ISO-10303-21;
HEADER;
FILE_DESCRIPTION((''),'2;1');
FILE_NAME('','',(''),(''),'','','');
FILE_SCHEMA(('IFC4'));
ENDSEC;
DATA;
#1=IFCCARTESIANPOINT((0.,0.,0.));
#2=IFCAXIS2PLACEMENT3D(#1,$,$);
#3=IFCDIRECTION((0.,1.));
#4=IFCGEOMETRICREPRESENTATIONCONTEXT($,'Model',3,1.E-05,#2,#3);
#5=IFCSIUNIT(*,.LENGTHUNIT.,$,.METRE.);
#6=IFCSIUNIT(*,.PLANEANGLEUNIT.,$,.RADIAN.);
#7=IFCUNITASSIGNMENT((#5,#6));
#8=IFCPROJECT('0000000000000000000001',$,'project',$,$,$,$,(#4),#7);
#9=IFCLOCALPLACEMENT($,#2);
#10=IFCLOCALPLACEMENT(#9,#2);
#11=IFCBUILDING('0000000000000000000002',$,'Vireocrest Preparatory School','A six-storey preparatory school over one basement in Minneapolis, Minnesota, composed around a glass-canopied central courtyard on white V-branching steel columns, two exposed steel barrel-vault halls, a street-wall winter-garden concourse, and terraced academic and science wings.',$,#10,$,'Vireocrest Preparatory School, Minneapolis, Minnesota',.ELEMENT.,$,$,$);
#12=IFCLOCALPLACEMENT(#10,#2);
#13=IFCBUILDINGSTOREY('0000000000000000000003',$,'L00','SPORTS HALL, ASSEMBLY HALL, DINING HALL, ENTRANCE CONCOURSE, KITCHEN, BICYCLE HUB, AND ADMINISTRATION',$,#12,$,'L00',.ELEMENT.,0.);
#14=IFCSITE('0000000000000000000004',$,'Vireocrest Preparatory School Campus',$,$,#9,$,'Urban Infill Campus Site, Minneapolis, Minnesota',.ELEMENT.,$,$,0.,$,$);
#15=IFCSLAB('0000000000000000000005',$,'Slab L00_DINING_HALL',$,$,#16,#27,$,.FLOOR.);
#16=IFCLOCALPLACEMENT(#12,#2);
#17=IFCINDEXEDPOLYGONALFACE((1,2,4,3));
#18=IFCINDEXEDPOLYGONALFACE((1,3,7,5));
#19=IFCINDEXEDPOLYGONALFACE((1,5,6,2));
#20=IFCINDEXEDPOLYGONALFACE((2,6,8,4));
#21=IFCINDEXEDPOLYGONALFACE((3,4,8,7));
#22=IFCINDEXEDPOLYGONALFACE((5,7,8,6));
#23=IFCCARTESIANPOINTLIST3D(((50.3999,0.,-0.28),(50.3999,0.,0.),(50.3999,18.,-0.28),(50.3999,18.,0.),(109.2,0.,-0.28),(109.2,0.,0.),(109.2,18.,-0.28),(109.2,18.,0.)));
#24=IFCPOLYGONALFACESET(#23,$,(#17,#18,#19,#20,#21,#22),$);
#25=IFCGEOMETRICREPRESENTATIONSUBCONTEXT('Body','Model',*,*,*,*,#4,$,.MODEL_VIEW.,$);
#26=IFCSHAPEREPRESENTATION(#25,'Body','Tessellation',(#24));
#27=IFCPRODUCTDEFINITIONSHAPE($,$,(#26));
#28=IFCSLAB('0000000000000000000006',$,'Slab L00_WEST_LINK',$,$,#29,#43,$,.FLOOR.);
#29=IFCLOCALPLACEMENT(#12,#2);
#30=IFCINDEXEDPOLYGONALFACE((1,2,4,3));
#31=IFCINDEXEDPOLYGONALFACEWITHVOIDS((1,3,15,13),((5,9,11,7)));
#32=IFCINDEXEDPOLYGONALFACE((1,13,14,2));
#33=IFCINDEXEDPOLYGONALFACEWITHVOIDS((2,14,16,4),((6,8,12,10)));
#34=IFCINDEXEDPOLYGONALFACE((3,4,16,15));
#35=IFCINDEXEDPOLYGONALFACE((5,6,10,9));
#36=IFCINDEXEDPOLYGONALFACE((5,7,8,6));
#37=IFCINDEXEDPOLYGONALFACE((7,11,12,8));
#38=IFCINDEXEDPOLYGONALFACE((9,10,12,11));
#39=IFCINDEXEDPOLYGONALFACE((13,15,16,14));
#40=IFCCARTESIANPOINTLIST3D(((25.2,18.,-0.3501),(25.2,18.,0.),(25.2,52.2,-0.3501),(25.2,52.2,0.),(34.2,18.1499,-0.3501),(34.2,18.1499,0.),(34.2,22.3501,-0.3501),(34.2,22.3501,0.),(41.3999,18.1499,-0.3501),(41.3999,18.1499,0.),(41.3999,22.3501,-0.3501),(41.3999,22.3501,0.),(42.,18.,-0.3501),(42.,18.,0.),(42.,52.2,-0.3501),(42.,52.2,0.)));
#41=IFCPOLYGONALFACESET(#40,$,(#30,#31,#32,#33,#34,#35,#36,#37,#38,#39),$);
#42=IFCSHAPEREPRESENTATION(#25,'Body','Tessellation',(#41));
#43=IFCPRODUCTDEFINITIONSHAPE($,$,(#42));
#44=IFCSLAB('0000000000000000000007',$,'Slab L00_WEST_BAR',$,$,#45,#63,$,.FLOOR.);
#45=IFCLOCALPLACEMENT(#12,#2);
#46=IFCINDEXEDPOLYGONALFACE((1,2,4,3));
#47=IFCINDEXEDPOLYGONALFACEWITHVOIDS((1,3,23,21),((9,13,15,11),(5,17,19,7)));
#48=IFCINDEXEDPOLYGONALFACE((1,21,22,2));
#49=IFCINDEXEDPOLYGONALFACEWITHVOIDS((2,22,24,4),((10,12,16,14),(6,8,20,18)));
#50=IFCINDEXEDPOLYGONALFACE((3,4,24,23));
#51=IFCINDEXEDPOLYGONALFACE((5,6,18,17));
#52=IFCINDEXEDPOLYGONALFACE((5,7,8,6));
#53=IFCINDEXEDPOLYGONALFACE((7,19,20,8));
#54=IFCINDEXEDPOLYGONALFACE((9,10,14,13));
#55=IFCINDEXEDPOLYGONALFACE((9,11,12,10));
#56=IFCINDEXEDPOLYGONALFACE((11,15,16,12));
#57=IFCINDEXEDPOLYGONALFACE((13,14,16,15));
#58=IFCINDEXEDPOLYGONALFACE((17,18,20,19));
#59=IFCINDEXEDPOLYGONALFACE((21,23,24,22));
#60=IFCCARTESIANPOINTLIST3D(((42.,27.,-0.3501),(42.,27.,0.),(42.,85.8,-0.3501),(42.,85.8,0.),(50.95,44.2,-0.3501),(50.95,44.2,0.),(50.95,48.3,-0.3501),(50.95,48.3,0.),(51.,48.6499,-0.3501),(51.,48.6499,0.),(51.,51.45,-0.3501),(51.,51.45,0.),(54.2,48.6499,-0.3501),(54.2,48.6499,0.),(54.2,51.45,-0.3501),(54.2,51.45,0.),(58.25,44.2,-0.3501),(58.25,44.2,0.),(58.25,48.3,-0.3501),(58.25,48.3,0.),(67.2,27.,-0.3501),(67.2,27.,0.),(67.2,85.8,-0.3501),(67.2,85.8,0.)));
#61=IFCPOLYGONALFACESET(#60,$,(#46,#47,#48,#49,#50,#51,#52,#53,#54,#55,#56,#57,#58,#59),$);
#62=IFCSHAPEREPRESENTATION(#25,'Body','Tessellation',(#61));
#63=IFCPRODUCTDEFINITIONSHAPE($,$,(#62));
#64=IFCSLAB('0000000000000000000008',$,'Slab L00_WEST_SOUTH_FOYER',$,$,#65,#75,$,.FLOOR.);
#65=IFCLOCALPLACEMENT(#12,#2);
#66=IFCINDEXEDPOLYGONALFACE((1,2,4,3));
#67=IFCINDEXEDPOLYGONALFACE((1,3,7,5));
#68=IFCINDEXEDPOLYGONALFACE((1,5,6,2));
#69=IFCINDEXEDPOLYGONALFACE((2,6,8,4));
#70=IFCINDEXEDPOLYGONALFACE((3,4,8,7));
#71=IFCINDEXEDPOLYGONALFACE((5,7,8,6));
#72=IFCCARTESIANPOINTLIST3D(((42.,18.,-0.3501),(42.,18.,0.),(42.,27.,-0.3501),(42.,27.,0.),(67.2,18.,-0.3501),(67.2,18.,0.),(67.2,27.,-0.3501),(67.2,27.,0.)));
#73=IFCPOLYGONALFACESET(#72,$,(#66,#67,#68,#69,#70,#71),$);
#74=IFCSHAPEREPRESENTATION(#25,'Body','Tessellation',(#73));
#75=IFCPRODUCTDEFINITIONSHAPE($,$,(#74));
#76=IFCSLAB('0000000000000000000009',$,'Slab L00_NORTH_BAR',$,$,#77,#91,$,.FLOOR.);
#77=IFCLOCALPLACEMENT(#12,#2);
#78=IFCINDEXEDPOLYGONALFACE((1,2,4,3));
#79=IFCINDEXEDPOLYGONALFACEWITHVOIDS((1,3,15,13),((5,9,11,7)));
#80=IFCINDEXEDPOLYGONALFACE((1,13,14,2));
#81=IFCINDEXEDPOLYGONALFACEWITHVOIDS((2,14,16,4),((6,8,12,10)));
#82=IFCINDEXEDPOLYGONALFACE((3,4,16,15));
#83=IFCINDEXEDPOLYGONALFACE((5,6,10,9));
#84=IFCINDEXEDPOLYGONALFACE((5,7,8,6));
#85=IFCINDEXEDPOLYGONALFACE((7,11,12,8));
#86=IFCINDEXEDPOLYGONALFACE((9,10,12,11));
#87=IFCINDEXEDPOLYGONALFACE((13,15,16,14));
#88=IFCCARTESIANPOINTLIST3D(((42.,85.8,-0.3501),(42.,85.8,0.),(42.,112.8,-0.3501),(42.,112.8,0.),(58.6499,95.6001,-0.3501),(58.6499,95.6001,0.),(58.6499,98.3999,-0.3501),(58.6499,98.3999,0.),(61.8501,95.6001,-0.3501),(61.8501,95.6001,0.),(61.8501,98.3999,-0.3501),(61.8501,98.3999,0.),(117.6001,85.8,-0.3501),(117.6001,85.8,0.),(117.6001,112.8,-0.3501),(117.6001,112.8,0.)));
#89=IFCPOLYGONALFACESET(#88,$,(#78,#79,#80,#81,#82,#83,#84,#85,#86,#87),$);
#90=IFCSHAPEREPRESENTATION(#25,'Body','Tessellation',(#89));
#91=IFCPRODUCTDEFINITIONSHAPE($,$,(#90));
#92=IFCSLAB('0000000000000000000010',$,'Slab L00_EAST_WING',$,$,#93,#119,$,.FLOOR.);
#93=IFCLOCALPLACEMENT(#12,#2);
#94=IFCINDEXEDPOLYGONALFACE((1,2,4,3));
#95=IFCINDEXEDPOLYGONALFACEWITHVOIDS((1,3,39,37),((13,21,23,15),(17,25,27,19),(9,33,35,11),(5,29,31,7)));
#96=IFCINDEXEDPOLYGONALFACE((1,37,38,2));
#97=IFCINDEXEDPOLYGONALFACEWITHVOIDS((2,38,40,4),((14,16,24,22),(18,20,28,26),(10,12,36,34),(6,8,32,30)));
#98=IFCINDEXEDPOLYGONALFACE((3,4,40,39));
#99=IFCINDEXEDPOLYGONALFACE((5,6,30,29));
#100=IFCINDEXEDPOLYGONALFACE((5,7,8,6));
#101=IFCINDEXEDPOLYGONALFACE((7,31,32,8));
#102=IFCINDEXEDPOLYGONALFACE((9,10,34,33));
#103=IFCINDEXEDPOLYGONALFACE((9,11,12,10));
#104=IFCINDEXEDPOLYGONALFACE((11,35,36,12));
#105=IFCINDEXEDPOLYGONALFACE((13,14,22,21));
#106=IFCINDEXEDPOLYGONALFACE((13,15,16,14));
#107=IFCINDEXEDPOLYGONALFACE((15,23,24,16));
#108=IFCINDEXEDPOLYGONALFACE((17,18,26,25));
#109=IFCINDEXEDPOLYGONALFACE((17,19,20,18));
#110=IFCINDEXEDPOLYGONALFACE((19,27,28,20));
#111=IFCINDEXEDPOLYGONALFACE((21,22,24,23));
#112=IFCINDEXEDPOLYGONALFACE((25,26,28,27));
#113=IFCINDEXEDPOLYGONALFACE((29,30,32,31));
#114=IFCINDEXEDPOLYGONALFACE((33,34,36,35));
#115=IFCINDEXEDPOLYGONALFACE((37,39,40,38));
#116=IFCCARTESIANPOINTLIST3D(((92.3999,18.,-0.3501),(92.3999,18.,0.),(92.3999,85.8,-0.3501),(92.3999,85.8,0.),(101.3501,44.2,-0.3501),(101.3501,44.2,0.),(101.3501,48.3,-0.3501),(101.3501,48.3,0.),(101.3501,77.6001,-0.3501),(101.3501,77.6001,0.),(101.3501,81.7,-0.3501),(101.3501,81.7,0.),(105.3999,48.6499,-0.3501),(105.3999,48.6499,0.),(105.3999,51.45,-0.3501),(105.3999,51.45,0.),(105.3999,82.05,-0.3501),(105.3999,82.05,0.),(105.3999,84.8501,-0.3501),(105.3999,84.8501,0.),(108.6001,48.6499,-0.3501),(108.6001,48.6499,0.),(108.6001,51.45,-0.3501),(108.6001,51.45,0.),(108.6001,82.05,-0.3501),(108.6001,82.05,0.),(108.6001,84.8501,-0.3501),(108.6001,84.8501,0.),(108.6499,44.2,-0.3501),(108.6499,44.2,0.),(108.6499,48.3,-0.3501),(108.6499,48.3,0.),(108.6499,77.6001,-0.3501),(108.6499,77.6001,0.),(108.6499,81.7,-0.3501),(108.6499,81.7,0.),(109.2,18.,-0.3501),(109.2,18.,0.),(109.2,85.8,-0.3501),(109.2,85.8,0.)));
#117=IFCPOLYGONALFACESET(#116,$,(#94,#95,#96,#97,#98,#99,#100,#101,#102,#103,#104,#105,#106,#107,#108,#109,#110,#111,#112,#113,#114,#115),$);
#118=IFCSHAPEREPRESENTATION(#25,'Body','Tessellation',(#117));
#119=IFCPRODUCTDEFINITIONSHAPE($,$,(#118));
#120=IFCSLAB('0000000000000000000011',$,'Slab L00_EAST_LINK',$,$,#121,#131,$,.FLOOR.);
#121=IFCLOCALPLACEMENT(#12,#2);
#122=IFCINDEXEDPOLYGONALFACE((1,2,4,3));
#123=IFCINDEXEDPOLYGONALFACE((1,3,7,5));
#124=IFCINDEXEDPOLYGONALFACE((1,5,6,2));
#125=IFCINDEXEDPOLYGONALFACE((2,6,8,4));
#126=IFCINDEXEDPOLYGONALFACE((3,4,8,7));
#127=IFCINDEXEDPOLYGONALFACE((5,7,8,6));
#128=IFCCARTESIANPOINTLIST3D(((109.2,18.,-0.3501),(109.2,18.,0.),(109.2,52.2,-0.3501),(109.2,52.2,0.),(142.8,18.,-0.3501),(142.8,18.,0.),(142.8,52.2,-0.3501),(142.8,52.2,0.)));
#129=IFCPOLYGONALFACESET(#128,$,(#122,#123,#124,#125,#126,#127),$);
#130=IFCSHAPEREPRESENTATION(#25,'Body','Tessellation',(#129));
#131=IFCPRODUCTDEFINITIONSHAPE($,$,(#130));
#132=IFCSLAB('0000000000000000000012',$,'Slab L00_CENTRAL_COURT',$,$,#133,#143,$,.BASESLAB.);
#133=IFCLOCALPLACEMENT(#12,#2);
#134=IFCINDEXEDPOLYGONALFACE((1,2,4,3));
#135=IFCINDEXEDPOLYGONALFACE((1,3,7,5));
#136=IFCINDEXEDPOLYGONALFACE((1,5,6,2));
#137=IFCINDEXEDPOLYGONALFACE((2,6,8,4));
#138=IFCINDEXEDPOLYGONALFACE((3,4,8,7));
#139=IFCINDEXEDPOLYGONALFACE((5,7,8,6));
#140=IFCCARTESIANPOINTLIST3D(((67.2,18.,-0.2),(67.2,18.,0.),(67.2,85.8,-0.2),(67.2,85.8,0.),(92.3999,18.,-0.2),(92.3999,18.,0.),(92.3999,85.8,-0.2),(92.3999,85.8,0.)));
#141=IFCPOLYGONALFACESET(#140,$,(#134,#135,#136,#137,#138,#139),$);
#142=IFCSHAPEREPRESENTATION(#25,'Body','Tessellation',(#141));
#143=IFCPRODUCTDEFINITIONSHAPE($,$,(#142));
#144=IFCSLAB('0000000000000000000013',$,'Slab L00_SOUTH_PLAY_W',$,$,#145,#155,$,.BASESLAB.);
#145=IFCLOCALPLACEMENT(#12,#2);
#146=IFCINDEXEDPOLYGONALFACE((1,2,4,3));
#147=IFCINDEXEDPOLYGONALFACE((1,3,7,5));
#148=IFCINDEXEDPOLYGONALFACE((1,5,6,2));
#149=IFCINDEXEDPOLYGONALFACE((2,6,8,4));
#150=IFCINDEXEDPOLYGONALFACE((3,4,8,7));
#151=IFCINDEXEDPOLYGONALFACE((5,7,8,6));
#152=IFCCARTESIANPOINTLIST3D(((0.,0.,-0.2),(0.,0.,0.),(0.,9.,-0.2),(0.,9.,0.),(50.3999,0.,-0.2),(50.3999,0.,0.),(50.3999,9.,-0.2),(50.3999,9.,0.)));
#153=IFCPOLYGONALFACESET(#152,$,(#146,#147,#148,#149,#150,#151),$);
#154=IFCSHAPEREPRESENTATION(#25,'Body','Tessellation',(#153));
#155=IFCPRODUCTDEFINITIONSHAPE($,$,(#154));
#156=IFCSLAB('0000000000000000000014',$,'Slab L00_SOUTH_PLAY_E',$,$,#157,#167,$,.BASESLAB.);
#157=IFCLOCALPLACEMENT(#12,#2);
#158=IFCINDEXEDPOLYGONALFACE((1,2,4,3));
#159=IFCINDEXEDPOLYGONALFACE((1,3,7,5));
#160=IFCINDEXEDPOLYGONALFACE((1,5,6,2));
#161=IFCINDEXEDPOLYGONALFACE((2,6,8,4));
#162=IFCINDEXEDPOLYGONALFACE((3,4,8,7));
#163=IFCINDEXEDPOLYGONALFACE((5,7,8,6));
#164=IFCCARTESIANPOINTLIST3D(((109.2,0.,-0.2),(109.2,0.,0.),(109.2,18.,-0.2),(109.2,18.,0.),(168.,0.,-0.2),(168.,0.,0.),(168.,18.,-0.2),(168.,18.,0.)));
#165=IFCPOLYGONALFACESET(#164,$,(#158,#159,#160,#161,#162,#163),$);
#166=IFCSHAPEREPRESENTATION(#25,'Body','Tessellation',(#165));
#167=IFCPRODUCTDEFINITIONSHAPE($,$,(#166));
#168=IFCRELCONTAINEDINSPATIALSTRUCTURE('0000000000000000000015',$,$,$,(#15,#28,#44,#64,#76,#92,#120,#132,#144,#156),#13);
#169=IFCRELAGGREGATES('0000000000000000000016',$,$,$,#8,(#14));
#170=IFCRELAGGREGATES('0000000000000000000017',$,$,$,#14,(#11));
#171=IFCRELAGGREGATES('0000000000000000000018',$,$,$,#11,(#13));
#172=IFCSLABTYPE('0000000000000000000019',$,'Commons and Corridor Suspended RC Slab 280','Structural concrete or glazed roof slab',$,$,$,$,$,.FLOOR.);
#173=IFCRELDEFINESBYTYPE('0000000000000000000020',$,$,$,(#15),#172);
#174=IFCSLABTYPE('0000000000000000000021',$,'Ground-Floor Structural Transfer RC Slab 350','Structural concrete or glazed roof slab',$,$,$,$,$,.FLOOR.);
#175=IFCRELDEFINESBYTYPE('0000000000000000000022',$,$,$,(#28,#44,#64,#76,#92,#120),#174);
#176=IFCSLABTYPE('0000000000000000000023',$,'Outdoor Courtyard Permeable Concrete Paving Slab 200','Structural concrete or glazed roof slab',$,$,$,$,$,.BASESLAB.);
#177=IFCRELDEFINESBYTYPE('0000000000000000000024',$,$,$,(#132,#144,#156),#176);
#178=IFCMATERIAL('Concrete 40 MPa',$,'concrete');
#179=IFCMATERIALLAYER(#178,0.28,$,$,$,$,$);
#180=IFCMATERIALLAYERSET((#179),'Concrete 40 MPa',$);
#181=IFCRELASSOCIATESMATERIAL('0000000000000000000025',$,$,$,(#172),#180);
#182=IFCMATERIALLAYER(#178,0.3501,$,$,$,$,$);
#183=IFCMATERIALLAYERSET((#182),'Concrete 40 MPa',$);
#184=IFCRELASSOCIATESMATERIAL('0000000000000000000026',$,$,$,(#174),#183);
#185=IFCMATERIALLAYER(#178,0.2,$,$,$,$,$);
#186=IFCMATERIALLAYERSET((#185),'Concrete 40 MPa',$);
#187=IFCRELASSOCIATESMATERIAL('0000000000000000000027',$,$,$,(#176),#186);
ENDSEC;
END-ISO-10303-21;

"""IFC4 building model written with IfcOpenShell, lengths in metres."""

from ifc_helpers import new_model, si_unit, direction, frame, origin, place, context, subcontext, project, spatial, polyline, outline, extrude, material, layer, layer_set, type_object, element, save


model = new_model("IFC4")

# Units and contexts
model_context = context("Model", 3, precision=1e-05, world=origin(), true_north=direction((0.0, 1.0)))
body_context = subcontext(model_context, "Body", "Model", "MODEL_VIEW")
ifc_project = project(units=[si_unit("LENGTHUNIT", "METRE"), si_unit("PLANEANGLEUNIT", "RADIAN")], contexts=[model_context])

# Site, building, storey
site_placement = place(None, origin())
site = spatial("IfcSite", under=ifc_project, at=site_placement, Name="Vireocrest Preparatory School Campus", LongName="Urban Infill Campus Site, Minneapolis, Minnesota", CompositionType="ELEMENT", RefElevation=0.0)
building_placement = place(site_placement, origin())
building = spatial("IfcBuilding", under=site, at=building_placement, Name="Vireocrest Preparatory School", Description="A six-storey preparatory school over one basement in Minneapolis, Minnesota, composed around a glass-canopied central courtyard on white V-branching steel columns, two exposed steel barrel-vault halls, a street-wall winter-garden concourse, and terraced academic and science wings.", LongName="Vireocrest Preparatory School, Minneapolis, Minnesota", CompositionType="ELEMENT")
storey_placement = place(building_placement, origin())
storey = spatial("IfcBuildingStorey", under=building, at=storey_placement, Name="L00", Description="SPORTS HALL, ASSEMBLY HALL, DINING HALL, ENTRANCE CONCOURSE, KITCHEN, BICYCLE HUB, AND ADMINISTRATION", LongName="L00", CompositionType="ELEMENT", Elevation=0.0)

# Slab
ifc_material_1 = material(Name="Concrete 40 MPa", Category="concrete")
ifc_layer_1 = layer(ifc_material_1, 0.28)
ifc_layer_set_1 = layer_set([ifc_layer_1], Name="Concrete 40 MPa")
slab_type_1 = type_object("IfcSlabType", Name="Commons and Corridor Suspended RC Slab 280", Description="Structural concrete or glazed roof slab", PredefinedType="FLOOR", material=ifc_layer_set_1)
slab_1_placement = place(storey_placement, frame((0.0, 0.0, -0.28)))
element("IfcSlab", 1, at=slab_1_placement, inside=storey, type_object=slab_type_1, Name="Slab L00_DINING_HALL", PredefinedType="FLOOR", context=body_context, shape_type="SweptSolid", body=[
    extrude(outline(polyline([(50.3999, 0.0), (109.2, 0.0), (109.2, 18.0), (50.3999, 18.0), (50.3999, 0.0)])), origin(), (0.0, 0.0, 1.0), 0.28),
])

# Slab, opening
ifc_layer_2 = layer(ifc_material_1, 0.3501)
ifc_layer_set_2 = layer_set([ifc_layer_2], Name="Concrete 40 MPa")
slab_type_2 = type_object("IfcSlabType", Name="Ground-Floor Structural Transfer RC Slab 350", Description="Structural concrete or glazed roof slab", PredefinedType="FLOOR", material=ifc_layer_set_2)
slab_2_placement = place(storey_placement, frame((0.0, 0.0, -0.3501)))
slab_2 = element("IfcSlab", 2, at=slab_2_placement, inside=storey, type_object=slab_type_2, Name="Slab L00_WEST_LINK", PredefinedType="FLOOR", context=body_context, shape_type="SweptSolid", body=[
    extrude(outline(polyline([(25.2, 18.0), (42.0, 18.0), (42.0, 52.2), (25.2, 52.2), (25.2, 18.0)])), origin(), (0.0, 0.0, 1.0), 0.3501),
])
opening_1_placement = place(slab_2_placement, frame((0.0, 0.0, -0.01)))
element("IfcOpeningElement", 3, at=opening_1_placement, cuts=slab_2, PredefinedType="OPENING", context=body_context, shape_type="SweptSolid", body=[
    extrude(outline(polyline([(34.2, 18.1499), (41.3999, 18.1499), (41.3999, 22.3501), (34.2, 22.3501), (34.2, 18.1499)])), origin(), (0.0, 0.0, 1.0), 0.3701),
])

# Slab, openings
slab_3_placement = place(storey_placement, frame((0.0, 0.0, -0.3501)))
slab_3 = element("IfcSlab", 4, at=slab_3_placement, inside=storey, type_object=slab_type_2, Name="Slab L00_WEST_BAR", PredefinedType="FLOOR", context=body_context, shape_type="SweptSolid", body=[
    extrude(outline(polyline([(42.0, 27.0), (67.2, 27.0), (67.2, 85.8), (42.0, 85.8), (42.0, 27.0)])), origin(), (0.0, 0.0, 1.0), 0.3501),
])
opening_2_placement = place(slab_3_placement, frame((0.0, 0.0, -0.01)))
element("IfcOpeningElement", 5, at=opening_2_placement, cuts=slab_3, PredefinedType="OPENING", context=body_context, shape_type="SweptSolid", body=[
    extrude(outline(polyline([(50.95, 44.2), (58.25, 44.2), (58.25, 48.3), (50.95, 48.3), (50.95, 44.2)])), origin(), (0.0, 0.0, 1.0), 0.3701),
])
opening_3_placement = place(slab_3_placement, frame((0.0, 0.0, -0.01)))
element("IfcOpeningElement", 6, at=opening_3_placement, cuts=slab_3, PredefinedType="OPENING", context=body_context, shape_type="SweptSolid", body=[
    extrude(outline(polyline([(51.0, 48.6499), (54.2, 48.6499), (54.2, 51.45), (51.0, 51.45), (51.0, 48.6499)])), origin(), (0.0, 0.0, 1.0), 0.3701),
])

# Slab
slab_4_placement = place(storey_placement, frame((0.0, 0.0, -0.3501)))
element("IfcSlab", 7, at=slab_4_placement, inside=storey, type_object=slab_type_2, Name="Slab L00_WEST_SOUTH_FOYER", PredefinedType="FLOOR", context=body_context, shape_type="SweptSolid", body=[
    extrude(outline(polyline([(42.0, 18.0), (67.2, 18.0), (67.2, 27.0), (42.0, 27.0), (42.0, 18.0)])), origin(), (0.0, 0.0, 1.0), 0.3501),
])

# Slab, opening
slab_5_placement = place(storey_placement, frame((0.0, 0.0, -0.3501)))
slab_5 = element("IfcSlab", 8, at=slab_5_placement, inside=storey, type_object=slab_type_2, Name="Slab L00_NORTH_BAR", PredefinedType="FLOOR", context=body_context, shape_type="SweptSolid", body=[
    extrude(outline(polyline([(42.0, 85.8), (117.6001, 85.8), (117.6001, 112.8), (42.0, 112.8), (42.0, 85.8)])), origin(), (0.0, 0.0, 1.0), 0.3501),
])
opening_4_placement = place(slab_5_placement, frame((0.0, 0.0, -0.01)))
element("IfcOpeningElement", 9, at=opening_4_placement, cuts=slab_5, PredefinedType="OPENING", context=body_context, shape_type="SweptSolid", body=[
    extrude(outline(polyline([(58.6499, 95.6001), (61.8501, 95.6001), (61.8501, 98.3999), (58.6499, 98.3999), (58.6499, 95.6001)])), origin(), (0.0, 0.0, 1.0), 0.3701),
])

# Slab, openings
slab_6_placement = place(storey_placement, frame((0.0, 0.0, -0.3501)))
slab_6 = element("IfcSlab", 10, at=slab_6_placement, inside=storey, type_object=slab_type_2, Name="Slab L00_EAST_WING", PredefinedType="FLOOR", context=body_context, shape_type="SweptSolid", body=[
    extrude(outline(polyline([(92.3999, 18.0), (109.2, 18.0), (109.2, 85.8), (92.3999, 85.8), (92.3999, 18.0)])), origin(), (0.0, 0.0, 1.0), 0.3501),
])
opening_5_placement = place(slab_6_placement, frame((0.0, 0.0, -0.01)))
element("IfcOpeningElement", 11, at=opening_5_placement, cuts=slab_6, PredefinedType="OPENING", context=body_context, shape_type="SweptSolid", body=[
    extrude(outline(polyline([(101.3501, 44.2), (108.6499, 44.2), (108.6499, 48.3), (101.3501, 48.3), (101.3501, 44.2)])), origin(), (0.0, 0.0, 1.0), 0.3701),
])
opening_6_placement = place(slab_6_placement, frame((0.0, 0.0, -0.01)))
element("IfcOpeningElement", 12, at=opening_6_placement, cuts=slab_6, PredefinedType="OPENING", context=body_context, shape_type="SweptSolid", body=[
    extrude(outline(polyline([(105.3999, 48.6499), (108.6001, 48.6499), (108.6001, 51.45), (105.3999, 51.45), (105.3999, 48.6499)])), origin(), (0.0, 0.0, 1.0), 0.3701),
])
opening_7_placement = place(slab_6_placement, frame((0.0, 0.0, -0.01)))
element("IfcOpeningElement", 13, at=opening_7_placement, cuts=slab_6, PredefinedType="OPENING", context=body_context, shape_type="SweptSolid", body=[
    extrude(outline(polyline([(101.3501, 77.6001), (108.6499, 77.6001), (108.6499, 81.7), (101.3501, 81.7), (101.3501, 77.6001)])), origin(), (0.0, 0.0, 1.0), 0.3701),
])
opening_8_placement = place(slab_6_placement, frame((0.0, 0.0, -0.01)))
element("IfcOpeningElement", 14, at=opening_8_placement, cuts=slab_6, PredefinedType="OPENING", context=body_context, shape_type="SweptSolid", body=[
    extrude(outline(polyline([(105.3999, 82.05), (108.6001, 82.05), (108.6001, 84.8501), (105.3999, 84.8501), (105.3999, 82.05)])), origin(), (0.0, 0.0, 1.0), 0.3701),
])

# Slabs
slab_7_placement = place(storey_placement, frame((0.0, 0.0, -0.3501)))
element("IfcSlab", 15, at=slab_7_placement, inside=storey, type_object=slab_type_2, Name="Slab L00_EAST_LINK", PredefinedType="FLOOR", context=body_context, shape_type="SweptSolid", body=[
    extrude(outline(polyline([(109.2, 18.0), (142.8, 18.0), (142.8, 52.2), (109.2, 52.2), (109.2, 18.0)])), origin(), (0.0, 0.0, 1.0), 0.3501),
])
ifc_layer_3 = layer(ifc_material_1, 0.2)
ifc_layer_set_3 = layer_set([ifc_layer_3], Name="Concrete 40 MPa")
slab_type_3 = type_object("IfcSlabType", Name="Outdoor Courtyard Permeable Concrete Paving Slab 200", Description="Structural concrete or glazed roof slab", PredefinedType="BASESLAB", material=ifc_layer_set_3)
slab_8_placement = place(storey_placement, frame((0.0, 0.0, -0.2)))
element("IfcSlab", 16, at=slab_8_placement, inside=storey, type_object=slab_type_3, Name="Slab L00_CENTRAL_COURT", PredefinedType="BASESLAB", context=body_context, shape_type="SweptSolid", body=[
    extrude(outline(polyline([(67.2, 18.0), (92.3999, 18.0), (92.3999, 85.8), (67.2, 85.8), (67.2, 18.0)])), origin(), (0.0, 0.0, 1.0), 0.2),
])
slab_9_placement = place(storey_placement, frame((0.0, 0.0, -0.2)))
element("IfcSlab", 17, at=slab_9_placement, inside=storey, type_object=slab_type_3, Name="Slab L00_SOUTH_PLAY_W", PredefinedType="BASESLAB", context=body_context, shape_type="SweptSolid", body=[
    extrude(outline(polyline([(0.0, 0.0), (50.3999, 0.0), (50.3999, 9.0), (0.0, 9.0), (0.0, 0.0)])), origin(), (0.0, 0.0, 1.0), 0.2),
])
slab_10_placement = place(storey_placement, frame((0.0, 0.0, -0.2)))
element("IfcSlab", 18, at=slab_10_placement, inside=storey, type_object=slab_type_3, Name="Slab L00_SOUTH_PLAY_E", PredefinedType="BASESLAB", context=body_context, shape_type="SweptSolid", body=[
    extrude(outline(polyline([(109.2, 0.0), (168.0, 0.0), (168.0, 18.0), (109.2, 18.0), (109.2, 0.0)])), origin(), (0.0, 0.0, 1.0), 0.2),
])

save(model, "model.ifc")
